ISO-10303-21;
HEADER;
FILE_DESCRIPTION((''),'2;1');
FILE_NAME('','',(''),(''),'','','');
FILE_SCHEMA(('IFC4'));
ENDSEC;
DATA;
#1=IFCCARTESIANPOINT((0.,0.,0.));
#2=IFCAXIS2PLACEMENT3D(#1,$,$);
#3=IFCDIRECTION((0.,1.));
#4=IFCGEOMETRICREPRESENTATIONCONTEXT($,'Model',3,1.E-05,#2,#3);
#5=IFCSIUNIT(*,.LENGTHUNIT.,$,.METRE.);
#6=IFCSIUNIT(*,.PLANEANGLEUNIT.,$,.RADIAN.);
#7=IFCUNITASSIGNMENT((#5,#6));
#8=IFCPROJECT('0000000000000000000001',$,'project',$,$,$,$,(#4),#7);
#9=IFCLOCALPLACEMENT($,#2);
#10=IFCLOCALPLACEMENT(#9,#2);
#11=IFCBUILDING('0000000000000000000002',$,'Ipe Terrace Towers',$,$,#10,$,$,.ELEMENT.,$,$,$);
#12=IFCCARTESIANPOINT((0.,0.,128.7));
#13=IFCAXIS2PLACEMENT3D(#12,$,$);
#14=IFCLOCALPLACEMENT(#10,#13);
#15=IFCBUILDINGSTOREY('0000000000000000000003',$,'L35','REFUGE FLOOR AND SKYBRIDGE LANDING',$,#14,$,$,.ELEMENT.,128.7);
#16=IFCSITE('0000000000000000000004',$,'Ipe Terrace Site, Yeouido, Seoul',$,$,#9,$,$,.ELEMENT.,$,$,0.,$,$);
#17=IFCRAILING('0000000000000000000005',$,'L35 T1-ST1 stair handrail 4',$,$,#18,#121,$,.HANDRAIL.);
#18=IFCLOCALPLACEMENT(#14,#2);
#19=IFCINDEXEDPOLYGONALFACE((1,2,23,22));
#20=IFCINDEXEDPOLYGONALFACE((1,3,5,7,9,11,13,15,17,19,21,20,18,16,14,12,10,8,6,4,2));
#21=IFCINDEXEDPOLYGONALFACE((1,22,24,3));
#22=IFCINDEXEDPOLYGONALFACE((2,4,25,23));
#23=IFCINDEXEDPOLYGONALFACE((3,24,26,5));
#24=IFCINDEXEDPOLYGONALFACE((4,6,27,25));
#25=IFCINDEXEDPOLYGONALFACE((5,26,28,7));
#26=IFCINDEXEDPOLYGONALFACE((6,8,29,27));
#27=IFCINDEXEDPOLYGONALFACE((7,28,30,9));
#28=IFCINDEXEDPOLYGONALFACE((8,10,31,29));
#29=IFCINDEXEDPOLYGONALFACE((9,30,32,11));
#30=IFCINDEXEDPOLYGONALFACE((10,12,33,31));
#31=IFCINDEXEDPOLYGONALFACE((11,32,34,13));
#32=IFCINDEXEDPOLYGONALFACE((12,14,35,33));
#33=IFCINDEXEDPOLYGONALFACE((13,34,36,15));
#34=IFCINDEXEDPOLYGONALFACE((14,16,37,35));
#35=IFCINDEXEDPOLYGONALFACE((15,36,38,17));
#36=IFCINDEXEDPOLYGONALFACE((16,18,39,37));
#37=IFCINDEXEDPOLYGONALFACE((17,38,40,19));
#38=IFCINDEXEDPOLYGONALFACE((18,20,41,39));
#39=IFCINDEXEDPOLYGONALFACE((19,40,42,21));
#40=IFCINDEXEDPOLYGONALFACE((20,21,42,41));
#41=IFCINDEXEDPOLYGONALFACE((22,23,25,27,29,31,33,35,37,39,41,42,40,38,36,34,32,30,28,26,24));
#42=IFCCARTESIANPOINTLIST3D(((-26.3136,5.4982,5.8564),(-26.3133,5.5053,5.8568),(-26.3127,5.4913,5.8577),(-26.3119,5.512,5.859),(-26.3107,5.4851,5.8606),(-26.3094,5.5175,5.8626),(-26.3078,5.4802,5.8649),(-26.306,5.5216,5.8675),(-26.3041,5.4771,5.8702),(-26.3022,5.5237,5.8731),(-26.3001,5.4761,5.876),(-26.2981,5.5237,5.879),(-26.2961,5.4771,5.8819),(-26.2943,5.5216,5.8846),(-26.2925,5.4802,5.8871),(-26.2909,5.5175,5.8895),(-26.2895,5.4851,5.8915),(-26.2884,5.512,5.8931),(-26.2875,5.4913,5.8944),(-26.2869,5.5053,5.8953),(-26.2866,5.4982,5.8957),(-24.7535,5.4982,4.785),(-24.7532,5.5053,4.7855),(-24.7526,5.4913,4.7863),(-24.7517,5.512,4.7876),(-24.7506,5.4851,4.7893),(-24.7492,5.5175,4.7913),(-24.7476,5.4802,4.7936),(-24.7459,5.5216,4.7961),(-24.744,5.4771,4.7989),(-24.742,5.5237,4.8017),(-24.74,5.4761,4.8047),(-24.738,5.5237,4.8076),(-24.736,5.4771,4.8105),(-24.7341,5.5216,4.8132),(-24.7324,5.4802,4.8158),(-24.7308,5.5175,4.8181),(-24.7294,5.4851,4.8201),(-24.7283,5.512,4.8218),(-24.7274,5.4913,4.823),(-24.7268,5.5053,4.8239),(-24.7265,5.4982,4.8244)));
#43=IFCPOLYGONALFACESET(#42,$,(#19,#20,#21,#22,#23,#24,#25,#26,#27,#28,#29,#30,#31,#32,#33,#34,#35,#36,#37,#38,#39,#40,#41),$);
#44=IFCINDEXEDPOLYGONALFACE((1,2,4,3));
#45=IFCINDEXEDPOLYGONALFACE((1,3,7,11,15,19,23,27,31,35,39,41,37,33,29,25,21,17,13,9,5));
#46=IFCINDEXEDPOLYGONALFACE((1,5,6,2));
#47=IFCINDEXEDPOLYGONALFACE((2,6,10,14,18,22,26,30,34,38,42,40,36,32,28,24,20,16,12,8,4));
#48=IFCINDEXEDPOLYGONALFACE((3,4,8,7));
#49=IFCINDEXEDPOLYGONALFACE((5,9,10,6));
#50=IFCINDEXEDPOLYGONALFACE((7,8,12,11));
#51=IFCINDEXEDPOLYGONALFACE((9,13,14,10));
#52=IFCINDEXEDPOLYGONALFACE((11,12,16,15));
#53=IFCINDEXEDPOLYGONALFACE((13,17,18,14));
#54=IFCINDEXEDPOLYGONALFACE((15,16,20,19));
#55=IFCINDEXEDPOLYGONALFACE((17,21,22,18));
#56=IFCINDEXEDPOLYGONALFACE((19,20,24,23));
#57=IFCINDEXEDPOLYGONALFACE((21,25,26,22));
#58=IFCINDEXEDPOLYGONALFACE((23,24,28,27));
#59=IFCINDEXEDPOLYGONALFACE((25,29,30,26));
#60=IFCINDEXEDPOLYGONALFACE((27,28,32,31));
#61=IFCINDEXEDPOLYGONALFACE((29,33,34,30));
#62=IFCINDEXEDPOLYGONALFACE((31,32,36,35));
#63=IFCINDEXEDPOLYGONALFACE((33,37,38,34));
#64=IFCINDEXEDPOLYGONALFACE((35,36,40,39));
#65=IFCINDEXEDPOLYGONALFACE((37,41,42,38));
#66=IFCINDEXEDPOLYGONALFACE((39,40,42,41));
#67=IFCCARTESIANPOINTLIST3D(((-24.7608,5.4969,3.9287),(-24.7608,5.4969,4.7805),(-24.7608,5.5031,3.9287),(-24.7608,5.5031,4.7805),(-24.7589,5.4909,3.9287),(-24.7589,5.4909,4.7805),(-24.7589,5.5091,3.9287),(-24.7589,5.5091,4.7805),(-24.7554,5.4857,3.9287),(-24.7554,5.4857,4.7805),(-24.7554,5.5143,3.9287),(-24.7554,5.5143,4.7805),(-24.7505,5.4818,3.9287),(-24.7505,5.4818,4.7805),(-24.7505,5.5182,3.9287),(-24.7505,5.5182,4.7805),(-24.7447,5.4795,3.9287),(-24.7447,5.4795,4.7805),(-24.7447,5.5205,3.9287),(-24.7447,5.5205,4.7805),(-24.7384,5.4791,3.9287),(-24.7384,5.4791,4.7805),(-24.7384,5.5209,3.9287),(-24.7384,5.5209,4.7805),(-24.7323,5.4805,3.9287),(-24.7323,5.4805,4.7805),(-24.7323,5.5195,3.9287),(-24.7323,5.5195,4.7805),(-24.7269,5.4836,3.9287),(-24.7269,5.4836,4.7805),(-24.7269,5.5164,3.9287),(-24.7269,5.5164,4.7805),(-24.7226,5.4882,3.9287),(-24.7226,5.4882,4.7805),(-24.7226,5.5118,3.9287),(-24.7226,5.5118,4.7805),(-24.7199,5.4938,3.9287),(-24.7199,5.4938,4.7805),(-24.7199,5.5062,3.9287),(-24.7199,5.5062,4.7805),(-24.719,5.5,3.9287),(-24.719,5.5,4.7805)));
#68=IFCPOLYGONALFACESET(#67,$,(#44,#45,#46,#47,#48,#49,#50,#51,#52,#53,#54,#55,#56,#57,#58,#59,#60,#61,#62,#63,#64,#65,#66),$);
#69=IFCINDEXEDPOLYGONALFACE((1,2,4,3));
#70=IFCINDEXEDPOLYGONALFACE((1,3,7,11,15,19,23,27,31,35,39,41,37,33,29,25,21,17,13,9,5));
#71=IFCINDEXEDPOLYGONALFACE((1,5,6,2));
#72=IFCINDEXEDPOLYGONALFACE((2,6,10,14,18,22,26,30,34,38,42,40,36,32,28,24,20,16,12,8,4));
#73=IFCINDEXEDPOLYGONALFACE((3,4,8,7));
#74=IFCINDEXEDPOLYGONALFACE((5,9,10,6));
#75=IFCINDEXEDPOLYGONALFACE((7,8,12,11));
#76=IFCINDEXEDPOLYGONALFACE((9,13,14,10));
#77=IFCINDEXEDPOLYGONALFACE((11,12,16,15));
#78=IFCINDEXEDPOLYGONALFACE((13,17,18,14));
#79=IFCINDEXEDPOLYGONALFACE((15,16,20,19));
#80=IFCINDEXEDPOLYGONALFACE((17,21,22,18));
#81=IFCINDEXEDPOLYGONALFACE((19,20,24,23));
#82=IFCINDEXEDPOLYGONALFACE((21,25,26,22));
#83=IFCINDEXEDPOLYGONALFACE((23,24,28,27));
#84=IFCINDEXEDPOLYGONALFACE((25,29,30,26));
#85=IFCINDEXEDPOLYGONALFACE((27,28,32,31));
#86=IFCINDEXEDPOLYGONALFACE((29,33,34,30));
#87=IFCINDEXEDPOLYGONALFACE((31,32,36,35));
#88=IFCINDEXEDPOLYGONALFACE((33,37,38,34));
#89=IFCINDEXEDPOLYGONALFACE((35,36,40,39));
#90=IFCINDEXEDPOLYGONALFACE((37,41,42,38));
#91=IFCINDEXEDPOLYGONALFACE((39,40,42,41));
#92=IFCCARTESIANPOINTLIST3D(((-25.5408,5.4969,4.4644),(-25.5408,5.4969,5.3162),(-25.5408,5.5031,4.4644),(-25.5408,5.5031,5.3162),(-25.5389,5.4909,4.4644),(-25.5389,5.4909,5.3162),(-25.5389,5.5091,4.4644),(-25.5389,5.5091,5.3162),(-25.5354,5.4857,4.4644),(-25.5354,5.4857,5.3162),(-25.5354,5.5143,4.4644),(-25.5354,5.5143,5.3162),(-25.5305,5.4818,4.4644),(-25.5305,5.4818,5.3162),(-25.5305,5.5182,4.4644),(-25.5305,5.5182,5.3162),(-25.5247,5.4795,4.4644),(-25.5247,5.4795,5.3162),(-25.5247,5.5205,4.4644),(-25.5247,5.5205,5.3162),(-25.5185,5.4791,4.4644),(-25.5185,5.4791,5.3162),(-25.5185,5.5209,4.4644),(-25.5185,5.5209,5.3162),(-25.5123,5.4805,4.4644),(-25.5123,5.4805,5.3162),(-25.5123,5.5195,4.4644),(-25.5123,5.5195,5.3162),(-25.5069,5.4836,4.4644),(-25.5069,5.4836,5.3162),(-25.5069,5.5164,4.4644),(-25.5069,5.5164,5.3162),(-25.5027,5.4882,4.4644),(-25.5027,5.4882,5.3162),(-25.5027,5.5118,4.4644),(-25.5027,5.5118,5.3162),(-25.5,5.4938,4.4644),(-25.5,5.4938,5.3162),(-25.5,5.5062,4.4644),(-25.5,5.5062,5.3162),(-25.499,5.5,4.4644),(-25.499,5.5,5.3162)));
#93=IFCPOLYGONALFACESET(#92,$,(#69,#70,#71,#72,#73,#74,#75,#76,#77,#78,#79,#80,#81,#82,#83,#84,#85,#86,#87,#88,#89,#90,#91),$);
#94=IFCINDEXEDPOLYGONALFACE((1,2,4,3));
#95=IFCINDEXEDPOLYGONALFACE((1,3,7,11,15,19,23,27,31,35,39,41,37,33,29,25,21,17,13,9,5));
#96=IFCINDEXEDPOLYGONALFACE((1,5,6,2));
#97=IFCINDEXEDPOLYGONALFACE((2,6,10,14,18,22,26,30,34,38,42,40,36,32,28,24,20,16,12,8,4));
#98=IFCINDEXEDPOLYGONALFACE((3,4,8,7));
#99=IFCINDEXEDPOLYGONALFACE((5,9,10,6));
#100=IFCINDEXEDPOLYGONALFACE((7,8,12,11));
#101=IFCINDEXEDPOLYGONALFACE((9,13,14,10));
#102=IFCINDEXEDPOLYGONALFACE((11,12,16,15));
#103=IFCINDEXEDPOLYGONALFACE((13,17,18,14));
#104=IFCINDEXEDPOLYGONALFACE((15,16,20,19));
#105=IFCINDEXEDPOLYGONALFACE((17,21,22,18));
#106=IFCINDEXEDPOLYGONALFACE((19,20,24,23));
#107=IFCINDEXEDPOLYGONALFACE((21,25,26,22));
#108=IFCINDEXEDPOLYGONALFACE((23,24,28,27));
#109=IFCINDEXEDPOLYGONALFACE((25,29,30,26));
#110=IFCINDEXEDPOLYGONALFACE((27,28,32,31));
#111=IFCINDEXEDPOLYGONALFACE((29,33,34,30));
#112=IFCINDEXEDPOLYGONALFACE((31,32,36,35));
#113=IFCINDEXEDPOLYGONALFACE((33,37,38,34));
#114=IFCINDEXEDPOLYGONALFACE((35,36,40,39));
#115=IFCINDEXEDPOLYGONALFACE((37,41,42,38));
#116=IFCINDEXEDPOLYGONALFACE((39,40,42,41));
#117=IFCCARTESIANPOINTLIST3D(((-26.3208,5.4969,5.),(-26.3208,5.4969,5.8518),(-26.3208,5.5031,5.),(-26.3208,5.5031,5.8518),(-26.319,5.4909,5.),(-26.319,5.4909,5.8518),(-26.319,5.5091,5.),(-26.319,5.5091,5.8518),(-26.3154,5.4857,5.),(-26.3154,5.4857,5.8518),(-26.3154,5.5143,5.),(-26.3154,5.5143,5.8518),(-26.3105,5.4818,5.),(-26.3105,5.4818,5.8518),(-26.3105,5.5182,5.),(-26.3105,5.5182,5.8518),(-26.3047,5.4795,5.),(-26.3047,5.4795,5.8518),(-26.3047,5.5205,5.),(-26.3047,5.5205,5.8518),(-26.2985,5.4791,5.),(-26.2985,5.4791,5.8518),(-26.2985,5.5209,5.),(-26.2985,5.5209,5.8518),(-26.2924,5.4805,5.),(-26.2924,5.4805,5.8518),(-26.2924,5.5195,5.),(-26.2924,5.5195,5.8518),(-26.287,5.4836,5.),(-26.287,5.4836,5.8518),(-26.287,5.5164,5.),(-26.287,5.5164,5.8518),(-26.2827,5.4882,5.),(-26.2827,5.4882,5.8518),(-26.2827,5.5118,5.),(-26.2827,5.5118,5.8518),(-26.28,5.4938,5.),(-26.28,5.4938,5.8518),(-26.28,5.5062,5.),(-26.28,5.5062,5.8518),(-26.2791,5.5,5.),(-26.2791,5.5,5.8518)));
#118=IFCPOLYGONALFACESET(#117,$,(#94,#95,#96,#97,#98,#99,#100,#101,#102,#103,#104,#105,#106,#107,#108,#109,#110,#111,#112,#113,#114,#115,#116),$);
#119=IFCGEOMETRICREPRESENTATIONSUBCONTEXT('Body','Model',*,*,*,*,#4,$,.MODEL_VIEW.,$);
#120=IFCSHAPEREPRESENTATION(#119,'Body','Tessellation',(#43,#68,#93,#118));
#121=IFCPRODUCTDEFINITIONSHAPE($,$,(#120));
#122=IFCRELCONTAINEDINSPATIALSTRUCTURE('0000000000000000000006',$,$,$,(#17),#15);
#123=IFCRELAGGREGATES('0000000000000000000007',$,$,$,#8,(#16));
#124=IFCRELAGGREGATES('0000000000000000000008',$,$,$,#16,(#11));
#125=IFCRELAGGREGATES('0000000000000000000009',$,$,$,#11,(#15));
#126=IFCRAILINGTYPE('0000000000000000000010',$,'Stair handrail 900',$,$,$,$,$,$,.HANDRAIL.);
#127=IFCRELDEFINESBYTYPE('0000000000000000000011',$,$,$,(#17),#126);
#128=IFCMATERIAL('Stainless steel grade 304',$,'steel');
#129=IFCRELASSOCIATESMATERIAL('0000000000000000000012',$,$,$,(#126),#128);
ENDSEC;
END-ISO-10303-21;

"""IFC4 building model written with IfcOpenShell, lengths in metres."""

from ifc_helpers import new_model, si_unit, direction, frame, origin, origin_2d, place, context, subcontext, project, spatial, circle, extrude, material, type_object, element, save


model = new_model("IFC4")

# Units and contexts
model_context = context("Model", 3, precision=1e-05, world=origin(), true_north=direction((0.0, 1.0)))
body_context = subcontext(model_context, "Body", "Model", "MODEL_VIEW")
ifc_project = project(units=[si_unit("LENGTHUNIT", "METRE"), si_unit("PLANEANGLEUNIT", "RADIAN")], contexts=[model_context])

# Site, building, storey
site_placement = place(None, origin())
site = spatial("IfcSite", under=ifc_project, at=site_placement, Name="Ipe Terrace Site, Yeouido, Seoul", CompositionType="ELEMENT", RefElevation=0.0)
building_placement = place(site_placement, origin())
building = spatial("IfcBuilding", under=site, at=building_placement, Name="Ipe Terrace Towers", CompositionType="ELEMENT")
storey_placement = place(building_placement, frame((0.0, 0.0, 128.7)))
storey = spatial("IfcBuildingStorey", under=building, at=storey_placement, Name="L35", Description="REFUGE FLOOR AND SKYBRIDGE LANDING", CompositionType="ELEMENT", Elevation=128.7)

# Railing
ifc_material_1 = material(Name="Stainless steel grade 304", Category="steel")
railing_type_1 = type_object("IfcRailingType", Name="Stair handrail 900", PredefinedType="HANDRAIL", material=ifc_material_1)
railing_1_placement = place(storey_placement, frame((-24.74, 5.5, 3.9287)))
element("IfcRailing", 1, at=railing_1_placement, inside=storey, type_object=railing_type_1, Name="L35 T1-ST1 stair handrail 4", PredefinedType="HANDRAIL", context=body_context, shape_type="SweptSolid", body=[
    extrude(circle(Radius=0.0239, at=origin_2d()), frame((0.0, 0.0, 0.876), z_axis=(-0.82435, 0.0, 0.56608), x_axis=(0.0, -1.0, 0.0)), (0.0, 0.0, 1.0), 1.8926),
    extrude(circle(Radius=0.021, at=origin_2d()), origin(), (0.0, 0.0, 1.0), 0.8518),
    extrude(circle(Radius=0.021, at=origin_2d()), frame((-0.78, 0.0, 0.5356)), (0.0, 0.0, 1.0), 0.8518),
    extrude(circle(Radius=0.021, at=origin_2d()), frame((-1.5601, 0.0, 1.0713)), (0.0, 0.0, 1.0), 0.8518),
])

save(model, "model.ifc")
